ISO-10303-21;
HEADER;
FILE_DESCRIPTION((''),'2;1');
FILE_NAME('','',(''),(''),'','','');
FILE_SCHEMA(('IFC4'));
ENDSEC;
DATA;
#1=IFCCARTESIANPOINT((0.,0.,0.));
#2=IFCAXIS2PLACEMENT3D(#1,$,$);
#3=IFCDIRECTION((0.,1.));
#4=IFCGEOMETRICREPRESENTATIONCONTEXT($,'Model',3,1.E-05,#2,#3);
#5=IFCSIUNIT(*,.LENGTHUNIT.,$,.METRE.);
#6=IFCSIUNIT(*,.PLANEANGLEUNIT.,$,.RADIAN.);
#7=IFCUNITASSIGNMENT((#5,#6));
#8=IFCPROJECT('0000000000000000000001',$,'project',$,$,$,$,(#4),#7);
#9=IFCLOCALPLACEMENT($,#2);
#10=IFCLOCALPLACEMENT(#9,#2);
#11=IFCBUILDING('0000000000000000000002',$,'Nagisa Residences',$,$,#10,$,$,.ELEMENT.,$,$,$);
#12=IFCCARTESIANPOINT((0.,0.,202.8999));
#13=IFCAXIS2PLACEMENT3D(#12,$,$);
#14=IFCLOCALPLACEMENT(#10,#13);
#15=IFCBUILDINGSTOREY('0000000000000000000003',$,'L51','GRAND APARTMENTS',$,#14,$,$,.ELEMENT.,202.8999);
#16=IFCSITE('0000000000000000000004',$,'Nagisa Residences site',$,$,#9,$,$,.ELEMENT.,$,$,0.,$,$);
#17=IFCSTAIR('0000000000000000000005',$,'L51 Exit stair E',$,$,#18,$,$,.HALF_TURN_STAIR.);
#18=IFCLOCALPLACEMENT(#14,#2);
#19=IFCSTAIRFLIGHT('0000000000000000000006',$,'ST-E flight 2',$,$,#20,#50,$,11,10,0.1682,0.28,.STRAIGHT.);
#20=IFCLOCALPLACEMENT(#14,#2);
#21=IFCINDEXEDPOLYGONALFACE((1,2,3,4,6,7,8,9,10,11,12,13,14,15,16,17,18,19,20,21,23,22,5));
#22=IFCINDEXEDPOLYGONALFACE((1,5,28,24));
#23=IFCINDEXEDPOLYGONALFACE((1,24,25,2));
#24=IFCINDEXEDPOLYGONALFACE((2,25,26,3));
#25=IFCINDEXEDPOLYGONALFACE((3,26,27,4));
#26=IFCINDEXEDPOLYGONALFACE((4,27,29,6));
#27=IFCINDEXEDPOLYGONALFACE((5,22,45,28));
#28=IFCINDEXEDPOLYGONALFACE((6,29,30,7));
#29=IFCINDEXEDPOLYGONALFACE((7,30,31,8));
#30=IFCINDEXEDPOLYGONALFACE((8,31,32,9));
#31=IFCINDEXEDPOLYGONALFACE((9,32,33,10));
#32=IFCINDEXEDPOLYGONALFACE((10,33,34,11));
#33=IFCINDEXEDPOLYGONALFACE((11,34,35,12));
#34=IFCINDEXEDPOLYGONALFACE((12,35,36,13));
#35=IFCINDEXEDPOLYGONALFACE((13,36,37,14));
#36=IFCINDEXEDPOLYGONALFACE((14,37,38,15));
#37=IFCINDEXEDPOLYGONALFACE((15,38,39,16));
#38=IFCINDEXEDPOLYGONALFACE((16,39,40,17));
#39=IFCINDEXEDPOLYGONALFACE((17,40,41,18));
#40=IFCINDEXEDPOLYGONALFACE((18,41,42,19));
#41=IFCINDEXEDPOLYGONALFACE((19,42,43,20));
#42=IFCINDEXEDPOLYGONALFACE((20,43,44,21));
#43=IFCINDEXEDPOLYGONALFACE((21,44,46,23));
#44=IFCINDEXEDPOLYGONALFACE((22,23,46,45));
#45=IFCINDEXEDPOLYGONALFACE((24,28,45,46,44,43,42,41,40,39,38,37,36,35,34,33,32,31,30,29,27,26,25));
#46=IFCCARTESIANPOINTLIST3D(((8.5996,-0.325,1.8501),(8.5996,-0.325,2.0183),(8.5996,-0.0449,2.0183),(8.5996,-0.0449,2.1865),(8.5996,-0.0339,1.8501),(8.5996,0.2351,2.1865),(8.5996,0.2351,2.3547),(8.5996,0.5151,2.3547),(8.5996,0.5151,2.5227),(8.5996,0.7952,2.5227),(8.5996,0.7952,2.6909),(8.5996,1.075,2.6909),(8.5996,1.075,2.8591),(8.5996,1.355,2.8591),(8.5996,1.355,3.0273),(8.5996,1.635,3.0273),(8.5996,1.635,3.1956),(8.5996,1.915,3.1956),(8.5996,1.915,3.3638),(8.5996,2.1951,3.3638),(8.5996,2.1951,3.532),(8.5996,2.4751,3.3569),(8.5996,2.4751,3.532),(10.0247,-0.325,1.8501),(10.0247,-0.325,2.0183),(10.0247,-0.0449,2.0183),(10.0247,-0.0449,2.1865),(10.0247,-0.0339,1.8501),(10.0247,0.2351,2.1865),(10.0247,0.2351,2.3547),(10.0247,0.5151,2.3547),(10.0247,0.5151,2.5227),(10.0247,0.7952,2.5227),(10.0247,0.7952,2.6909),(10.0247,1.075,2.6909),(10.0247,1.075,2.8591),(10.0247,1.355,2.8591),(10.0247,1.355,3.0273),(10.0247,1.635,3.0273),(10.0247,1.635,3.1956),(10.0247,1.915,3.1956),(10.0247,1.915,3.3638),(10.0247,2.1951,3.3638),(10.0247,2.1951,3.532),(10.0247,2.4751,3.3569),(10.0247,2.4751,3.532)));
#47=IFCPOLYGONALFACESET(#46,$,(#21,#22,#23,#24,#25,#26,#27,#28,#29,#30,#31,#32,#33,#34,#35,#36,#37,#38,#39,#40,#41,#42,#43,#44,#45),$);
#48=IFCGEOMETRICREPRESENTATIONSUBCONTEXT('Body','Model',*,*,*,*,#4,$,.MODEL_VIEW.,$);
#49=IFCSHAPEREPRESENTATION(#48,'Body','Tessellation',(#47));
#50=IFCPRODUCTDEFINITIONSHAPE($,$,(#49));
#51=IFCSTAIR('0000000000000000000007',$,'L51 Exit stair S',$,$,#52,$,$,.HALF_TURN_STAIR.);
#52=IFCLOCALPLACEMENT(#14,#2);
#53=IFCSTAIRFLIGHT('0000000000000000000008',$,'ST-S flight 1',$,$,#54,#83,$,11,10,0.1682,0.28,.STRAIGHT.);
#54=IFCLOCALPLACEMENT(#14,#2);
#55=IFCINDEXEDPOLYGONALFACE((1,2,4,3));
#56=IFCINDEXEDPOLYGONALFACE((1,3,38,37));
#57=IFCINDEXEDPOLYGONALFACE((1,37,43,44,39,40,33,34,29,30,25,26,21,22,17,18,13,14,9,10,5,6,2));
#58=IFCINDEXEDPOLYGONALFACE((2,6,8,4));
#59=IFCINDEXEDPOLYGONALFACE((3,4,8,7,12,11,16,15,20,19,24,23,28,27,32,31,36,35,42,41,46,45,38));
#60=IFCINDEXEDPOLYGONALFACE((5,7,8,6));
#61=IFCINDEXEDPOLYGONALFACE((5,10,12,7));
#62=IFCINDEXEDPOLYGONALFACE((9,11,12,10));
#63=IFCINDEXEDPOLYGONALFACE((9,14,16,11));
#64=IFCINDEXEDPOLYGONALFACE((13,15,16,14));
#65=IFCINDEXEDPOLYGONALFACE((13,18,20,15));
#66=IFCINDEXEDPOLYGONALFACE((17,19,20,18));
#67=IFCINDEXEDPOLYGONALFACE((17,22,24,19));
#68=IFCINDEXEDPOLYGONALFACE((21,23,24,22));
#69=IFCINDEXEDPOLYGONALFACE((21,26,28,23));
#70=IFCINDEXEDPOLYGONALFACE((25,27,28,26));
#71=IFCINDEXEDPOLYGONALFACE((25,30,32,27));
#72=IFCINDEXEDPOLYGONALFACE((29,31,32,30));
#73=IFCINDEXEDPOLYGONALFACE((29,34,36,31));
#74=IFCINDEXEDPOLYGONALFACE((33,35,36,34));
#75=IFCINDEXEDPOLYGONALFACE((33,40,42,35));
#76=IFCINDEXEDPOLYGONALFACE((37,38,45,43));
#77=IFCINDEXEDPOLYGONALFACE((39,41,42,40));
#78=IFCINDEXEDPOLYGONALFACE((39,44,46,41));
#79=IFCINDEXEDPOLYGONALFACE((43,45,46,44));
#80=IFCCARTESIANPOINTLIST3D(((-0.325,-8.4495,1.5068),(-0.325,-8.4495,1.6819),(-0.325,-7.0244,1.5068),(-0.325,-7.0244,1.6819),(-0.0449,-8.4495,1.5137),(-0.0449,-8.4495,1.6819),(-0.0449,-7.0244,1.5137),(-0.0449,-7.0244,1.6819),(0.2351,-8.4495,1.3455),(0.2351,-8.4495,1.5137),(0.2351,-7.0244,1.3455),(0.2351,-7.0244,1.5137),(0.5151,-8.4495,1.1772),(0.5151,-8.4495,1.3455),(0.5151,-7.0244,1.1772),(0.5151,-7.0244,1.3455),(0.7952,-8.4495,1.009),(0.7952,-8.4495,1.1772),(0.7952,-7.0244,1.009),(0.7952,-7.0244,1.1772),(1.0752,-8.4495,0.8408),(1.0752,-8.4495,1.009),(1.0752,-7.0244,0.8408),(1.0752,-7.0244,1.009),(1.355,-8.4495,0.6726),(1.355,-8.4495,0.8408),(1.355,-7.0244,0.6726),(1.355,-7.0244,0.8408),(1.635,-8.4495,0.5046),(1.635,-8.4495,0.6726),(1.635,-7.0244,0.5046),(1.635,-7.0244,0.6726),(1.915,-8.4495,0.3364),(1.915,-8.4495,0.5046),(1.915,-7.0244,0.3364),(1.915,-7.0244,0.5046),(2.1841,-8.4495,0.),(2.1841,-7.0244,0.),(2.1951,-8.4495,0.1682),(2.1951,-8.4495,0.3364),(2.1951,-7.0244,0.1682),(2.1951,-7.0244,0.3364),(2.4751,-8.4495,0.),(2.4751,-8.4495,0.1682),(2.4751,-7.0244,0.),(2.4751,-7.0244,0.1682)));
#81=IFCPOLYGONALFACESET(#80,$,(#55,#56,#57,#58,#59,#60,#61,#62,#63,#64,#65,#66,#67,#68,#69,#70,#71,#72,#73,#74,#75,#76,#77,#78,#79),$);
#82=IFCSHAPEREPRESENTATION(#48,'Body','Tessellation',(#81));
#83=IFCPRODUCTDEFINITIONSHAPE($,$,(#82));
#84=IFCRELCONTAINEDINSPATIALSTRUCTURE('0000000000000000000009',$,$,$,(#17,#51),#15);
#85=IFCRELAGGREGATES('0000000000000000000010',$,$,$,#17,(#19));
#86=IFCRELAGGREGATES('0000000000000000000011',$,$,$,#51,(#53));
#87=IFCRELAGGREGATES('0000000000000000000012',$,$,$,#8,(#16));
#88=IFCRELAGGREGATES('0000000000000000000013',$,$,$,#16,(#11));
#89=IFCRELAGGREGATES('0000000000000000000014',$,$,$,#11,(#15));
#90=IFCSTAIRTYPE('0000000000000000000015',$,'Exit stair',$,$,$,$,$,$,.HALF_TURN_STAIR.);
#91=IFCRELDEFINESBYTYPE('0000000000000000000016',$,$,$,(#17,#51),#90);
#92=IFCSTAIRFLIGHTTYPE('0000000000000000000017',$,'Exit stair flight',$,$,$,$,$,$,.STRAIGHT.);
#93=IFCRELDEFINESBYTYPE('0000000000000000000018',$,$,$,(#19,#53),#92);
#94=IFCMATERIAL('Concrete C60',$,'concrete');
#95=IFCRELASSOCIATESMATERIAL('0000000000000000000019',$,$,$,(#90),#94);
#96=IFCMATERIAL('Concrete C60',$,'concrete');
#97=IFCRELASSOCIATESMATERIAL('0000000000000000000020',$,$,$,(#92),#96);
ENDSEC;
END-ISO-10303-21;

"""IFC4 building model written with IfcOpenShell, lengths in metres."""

from ifc_helpers import new_model, si_unit, direction, frame, origin, place, context, subcontext, project, spatial, polyline, outline, extrude, material, type_object, element, aggregate, save


model = new_model("IFC4")

# Units and contexts
model_context = context("Model", 3, precision=1e-05, world=origin(), true_north=direction((0.0, 1.0)))
body_context = subcontext(model_context, "Body", "Model", "MODEL_VIEW")
ifc_project = project(units=[si_unit("LENGTHUNIT", "METRE"), si_unit("PLANEANGLEUNIT", "RADIAN")], contexts=[model_context])

# Site, building, storey
site_placement = place(None, origin())
site = spatial("IfcSite", under=ifc_project, at=site_placement, Name="Nagisa Residences site", CompositionType="ELEMENT", RefElevation=0.0)
building_placement = place(site_placement, origin())
building = spatial("IfcBuilding", under=site, at=building_placement, Name="Nagisa Residences", CompositionType="ELEMENT")
storey_placement = place(building_placement, frame((0.0, 0.0, 202.8999)))
storey = spatial("IfcBuildingStorey", under=building, at=storey_placement, Name="L51", Description="GRAND APARTMENTS", CompositionType="ELEMENT", Elevation=202.8999)

# Stairs, stair flights
ifc_material_1 = material(Name="Concrete C60", Category="concrete")
stair_type = type_object("IfcStairType", Name="Exit stair", PredefinedType="HALF_TURN_STAIR", material=ifc_material_1)
stair_1_placement = place(storey_placement, origin())
stair_1 = element("IfcStair", 1, at=stair_1_placement, inside=storey, type_object=stair_type, Name="L51 Exit stair E", PredefinedType="HALF_TURN_STAIR")
ifc_material_2 = material(Name="Concrete C60", Category="concrete")
stair_flight_type = type_object("IfcStairFlightType", Name="Exit stair flight", PredefinedType="STRAIGHT", material=ifc_material_2)
stair_flight_1_placement = place(storey_placement, frame((9.312, -0.325, 1.8501), z_axis=(0.0, 0.0, 1.0), x_axis=(0.0, 1.0, 0.0)))
stair_flight_1 = element("IfcStairFlight", 2, at=stair_flight_1_placement, type_object=stair_flight_type, Name="ST-E flight 2", NumberOfRisers=11, NumberOfTreads=10, PredefinedType="STRAIGHT", RiserHeight=0.1682, TreadLength=0.28, context=body_context, shape_type="SweptSolid", body=[
    extrude(outline(polyline([(0.0, 0.0), (0.0, 0.1682), (0.28, 0.1682), (0.28, 0.3364), (0.5601, 0.3364), (0.5601, 0.5046), (0.8401, 0.5046), (0.8401, 0.6726), (1.1201, 0.6726), (1.1201, 0.8408), (1.3999, 0.8408), (1.3999, 1.009), (1.6799, 1.009), (1.6799, 1.1772), (1.96, 1.1772), (1.96, 1.3455), (2.24, 1.3455), (2.24, 1.5137), (2.52, 1.5137), (2.52, 1.6819), (2.8, 1.6819), (2.8, 1.8501), (2.8, 1.5068), (0.291, 0.0), (0.0, 0.0)])), frame((0.0, 0.7124, 0.0), z_axis=(0.0, -1.0, 0.0), x_axis=(1.0, 0.0, 0.0)), (0.0, 0.0, 1.0), 1.425),
])
aggregate(stair_1, [stair_flight_1])
stair_2_placement = place(storey_placement, origin())
stair_2 = element("IfcStair", 3, at=stair_2_placement, inside=storey, type_object=stair_type, Name="L51 Exit stair S", PredefinedType="HALF_TURN_STAIR")
stair_flight_2_placement = place(storey_placement, frame((2.4751, -7.7371, 0.0), z_axis=(0.0, 0.0, 1.0), x_axis=(-1.0, 0.0, 0.0)))
stair_flight_2 = element("IfcStairFlight", 4, at=stair_flight_2_placement, type_object=stair_flight_type, Name="ST-S flight 1", NumberOfRisers=11, NumberOfTreads=10, PredefinedType="STRAIGHT", RiserHeight=0.1682, TreadLength=0.28, context=body_context, shape_type="SweptSolid", body=[
    extrude(outline(polyline([(0.0, 0.0), (0.0, 0.1682), (0.28, 0.1682), (0.28, 0.3364), (0.5601, 0.3364), (0.5601, 0.5046), (0.8401, 0.5046), (0.8401, 0.6726), (1.1201, 0.6726), (1.1201, 0.8408), (1.3999, 0.8408), (1.3999, 1.009), (1.6799, 1.009), (1.6799, 1.1772), (1.96, 1.1772), (1.96, 1.3455), (2.24, 1.3455), (2.24, 1.5137), (2.52, 1.5137), (2.52, 1.6819), (2.8, 1.6819), (2.8, 1.8501), (2.8, 1.5068), (0.291, 0.0), (0.0, 0.0)])), frame((0.0, 0.7124, 0.0), z_axis=(0.0, -1.0, 0.0), x_axis=(1.0, 0.0, 0.0)), (0.0, 0.0, 1.0), 1.425),
])
aggregate(stair_2, [stair_flight_2])

save(model, "model.ifc")
